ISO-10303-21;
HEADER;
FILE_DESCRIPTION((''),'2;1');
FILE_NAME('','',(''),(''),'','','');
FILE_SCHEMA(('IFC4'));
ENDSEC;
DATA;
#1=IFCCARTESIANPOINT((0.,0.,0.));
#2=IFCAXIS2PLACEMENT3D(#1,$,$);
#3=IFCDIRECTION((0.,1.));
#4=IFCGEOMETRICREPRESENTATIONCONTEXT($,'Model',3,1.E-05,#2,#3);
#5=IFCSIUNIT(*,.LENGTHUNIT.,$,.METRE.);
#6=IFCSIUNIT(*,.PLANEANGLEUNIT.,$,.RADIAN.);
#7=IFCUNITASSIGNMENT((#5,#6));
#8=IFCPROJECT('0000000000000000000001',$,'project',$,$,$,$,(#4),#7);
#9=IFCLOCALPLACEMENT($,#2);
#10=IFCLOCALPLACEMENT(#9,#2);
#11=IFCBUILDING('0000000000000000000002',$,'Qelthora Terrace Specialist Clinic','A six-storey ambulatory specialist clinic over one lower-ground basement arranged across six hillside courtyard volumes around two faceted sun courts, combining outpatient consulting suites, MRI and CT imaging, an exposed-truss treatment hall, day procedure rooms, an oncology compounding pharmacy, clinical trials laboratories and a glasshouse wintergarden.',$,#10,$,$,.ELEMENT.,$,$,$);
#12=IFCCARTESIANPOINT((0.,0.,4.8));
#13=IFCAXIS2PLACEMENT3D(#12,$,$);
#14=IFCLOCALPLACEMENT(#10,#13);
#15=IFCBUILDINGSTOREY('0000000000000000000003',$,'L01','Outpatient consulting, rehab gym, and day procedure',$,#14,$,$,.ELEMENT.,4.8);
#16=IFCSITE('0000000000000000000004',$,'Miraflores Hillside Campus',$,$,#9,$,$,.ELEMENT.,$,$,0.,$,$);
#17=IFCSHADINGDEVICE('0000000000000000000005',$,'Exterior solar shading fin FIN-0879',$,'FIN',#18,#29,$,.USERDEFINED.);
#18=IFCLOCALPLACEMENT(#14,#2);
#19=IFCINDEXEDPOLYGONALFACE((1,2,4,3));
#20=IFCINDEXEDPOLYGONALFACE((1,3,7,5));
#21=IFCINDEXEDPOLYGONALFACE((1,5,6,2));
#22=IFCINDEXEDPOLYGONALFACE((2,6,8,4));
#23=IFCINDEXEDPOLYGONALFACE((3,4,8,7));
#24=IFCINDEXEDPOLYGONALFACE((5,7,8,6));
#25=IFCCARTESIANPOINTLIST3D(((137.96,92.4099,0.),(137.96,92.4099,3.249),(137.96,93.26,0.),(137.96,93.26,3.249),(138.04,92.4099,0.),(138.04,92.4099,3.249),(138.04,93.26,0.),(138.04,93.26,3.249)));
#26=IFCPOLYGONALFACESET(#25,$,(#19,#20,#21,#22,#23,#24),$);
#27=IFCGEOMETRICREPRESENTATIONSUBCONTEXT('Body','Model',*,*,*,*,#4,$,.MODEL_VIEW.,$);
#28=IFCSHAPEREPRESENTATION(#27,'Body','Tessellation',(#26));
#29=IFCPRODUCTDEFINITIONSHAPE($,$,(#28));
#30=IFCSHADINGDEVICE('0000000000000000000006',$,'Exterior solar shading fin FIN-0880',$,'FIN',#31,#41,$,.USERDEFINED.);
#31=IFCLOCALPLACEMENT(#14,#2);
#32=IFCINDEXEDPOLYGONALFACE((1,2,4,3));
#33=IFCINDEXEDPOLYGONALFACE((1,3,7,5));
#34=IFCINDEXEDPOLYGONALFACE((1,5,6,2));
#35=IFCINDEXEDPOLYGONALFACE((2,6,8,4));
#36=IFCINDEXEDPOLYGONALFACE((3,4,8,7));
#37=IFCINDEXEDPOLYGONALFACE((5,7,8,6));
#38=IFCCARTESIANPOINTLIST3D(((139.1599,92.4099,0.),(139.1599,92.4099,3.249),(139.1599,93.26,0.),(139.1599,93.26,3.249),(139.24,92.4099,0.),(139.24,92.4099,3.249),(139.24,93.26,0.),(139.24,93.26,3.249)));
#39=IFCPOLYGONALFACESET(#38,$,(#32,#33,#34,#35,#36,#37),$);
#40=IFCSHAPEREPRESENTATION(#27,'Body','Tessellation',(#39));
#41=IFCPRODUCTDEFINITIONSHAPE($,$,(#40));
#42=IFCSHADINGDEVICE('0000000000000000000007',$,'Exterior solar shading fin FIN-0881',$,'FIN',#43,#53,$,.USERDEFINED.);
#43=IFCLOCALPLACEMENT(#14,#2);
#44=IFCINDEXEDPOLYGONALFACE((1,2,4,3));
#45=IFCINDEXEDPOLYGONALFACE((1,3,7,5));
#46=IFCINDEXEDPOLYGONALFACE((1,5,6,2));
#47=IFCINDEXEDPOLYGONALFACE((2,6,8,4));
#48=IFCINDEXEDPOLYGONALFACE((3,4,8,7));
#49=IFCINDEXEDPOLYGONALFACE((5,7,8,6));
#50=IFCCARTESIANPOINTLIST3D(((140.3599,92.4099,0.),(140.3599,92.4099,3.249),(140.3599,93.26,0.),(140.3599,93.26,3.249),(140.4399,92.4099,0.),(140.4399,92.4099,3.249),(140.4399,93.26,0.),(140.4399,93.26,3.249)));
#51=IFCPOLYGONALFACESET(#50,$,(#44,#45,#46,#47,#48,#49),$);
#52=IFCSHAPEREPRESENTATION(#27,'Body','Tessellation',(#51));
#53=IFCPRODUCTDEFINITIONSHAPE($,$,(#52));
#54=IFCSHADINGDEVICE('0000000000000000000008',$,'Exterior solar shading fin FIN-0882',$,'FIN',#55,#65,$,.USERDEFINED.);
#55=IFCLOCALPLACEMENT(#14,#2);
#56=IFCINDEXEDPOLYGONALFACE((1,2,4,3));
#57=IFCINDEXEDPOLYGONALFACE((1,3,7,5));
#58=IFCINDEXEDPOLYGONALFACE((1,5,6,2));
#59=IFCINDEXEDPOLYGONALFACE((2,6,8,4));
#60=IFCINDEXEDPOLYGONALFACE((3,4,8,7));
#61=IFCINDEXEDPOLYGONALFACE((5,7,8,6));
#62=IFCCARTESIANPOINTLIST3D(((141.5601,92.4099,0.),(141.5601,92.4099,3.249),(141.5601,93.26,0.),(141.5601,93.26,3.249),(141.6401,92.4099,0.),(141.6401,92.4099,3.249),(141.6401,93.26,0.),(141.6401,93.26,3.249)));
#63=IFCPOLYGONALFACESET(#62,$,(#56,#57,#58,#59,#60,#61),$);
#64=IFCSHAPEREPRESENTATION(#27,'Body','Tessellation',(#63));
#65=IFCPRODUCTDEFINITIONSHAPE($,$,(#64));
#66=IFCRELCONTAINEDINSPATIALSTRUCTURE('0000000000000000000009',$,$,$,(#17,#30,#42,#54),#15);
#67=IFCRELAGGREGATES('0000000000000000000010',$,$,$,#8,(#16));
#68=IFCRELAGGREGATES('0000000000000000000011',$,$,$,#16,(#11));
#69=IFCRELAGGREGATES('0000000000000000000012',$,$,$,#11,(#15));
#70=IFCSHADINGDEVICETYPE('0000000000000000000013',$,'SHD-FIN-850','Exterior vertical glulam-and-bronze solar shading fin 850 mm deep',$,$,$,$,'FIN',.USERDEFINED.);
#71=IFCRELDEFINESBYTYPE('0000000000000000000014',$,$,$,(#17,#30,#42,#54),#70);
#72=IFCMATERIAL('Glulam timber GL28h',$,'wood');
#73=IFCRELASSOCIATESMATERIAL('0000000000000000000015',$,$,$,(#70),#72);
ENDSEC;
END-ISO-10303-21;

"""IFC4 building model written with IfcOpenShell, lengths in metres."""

from ifc_helpers import new_model, si_unit, direction, frame, origin, origin_2d, place, context, subcontext, project, spatial, rectangle, extrude, material, type_object, element, save


model = new_model("IFC4")

# Units and contexts
model_context = context("Model", 3, precision=1e-05, world=origin(), true_north=direction((0.0, 1.0)))
body_context = subcontext(model_context, "Body", "Model", "MODEL_VIEW")
ifc_project = project(units=[si_unit("LENGTHUNIT", "METRE"), si_unit("PLANEANGLEUNIT", "RADIAN")], contexts=[model_context])

# Site, building, storey
site_placement = place(None, origin())
site = spatial("IfcSite", under=ifc_project, at=site_placement, Name="Miraflores Hillside Campus", CompositionType="ELEMENT", RefElevation=0.0)
building_placement = place(site_placement, origin())
building = spatial("IfcBuilding", under=site, at=building_placement, Name="Qelthora Terrace Specialist Clinic", Description="A six-storey ambulatory specialist clinic over one lower-ground basement arranged across six hillside courtyard volumes around two faceted sun courts, combining outpatient consulting suites, MRI and CT imaging, an exposed-truss treatment hall, day procedure rooms, an oncology compounding pharmacy, clinical trials laboratories and a glasshouse wintergarden.", CompositionType="ELEMENT")
storey_placement = place(building_placement, frame((0.0, 0.0, 4.8)))
storey = spatial("IfcBuildingStorey", under=building, at=storey_placement, Name="L01", Description="Outpatient consulting, rehab gym, and day procedure", CompositionType="ELEMENT", Elevation=4.8)

# Shared definitions
ifc_material_1 = material(Name="Glulam timber GL28h", Category="wood")

# Shading devices
shading_device_type = type_object("IfcShadingDeviceType", Name="SHD-FIN-850", Description="Exterior vertical glulam-and-bronze solar shading fin 850 mm deep", ElementType="FIN", PredefinedType="USERDEFINED", material=ifc_material_1)
for number, where, z_axis, x_axis, name in (
    (1, (138.0, 92.835, 0.0), (0.0, 0.0, 1.0), (0.0, 1.0, 0.0), "Exterior solar shading fin FIN-0879"),
    (2, (139.2, 92.835, 0.0), (0.0, 0.0, 1.0), (0.0, 1.0, 0.0), "Exterior solar shading fin FIN-0880"),
    (3, (140.3999, 92.835, 0.0), (0.0, 0.0, 1.0), (0.0, 1.0, 0.0), "Exterior solar shading fin FIN-0881"),
    (4, (141.6001, 92.835, 0.0), (0.0, 0.0, 1.0), (0.0, 1.0, 0.0), "Exterior solar shading fin FIN-0882"),
):
    element("IfcShadingDevice", number, at=place(storey_placement, frame(where, z_axis=z_axis, x_axis=x_axis)), inside=storey, type_object=shading_device_type, Name=name, ObjectType="FIN", PredefinedType="USERDEFINED", context=body_context, shape_type="SweptSolid", body=[
        extrude(rectangle(XDim=0.8501, YDim=0.0801, at=origin_2d()), origin(), (0.0, 0.0, 1.0), 3.249),
    ])

save(model, "model.ifc")
